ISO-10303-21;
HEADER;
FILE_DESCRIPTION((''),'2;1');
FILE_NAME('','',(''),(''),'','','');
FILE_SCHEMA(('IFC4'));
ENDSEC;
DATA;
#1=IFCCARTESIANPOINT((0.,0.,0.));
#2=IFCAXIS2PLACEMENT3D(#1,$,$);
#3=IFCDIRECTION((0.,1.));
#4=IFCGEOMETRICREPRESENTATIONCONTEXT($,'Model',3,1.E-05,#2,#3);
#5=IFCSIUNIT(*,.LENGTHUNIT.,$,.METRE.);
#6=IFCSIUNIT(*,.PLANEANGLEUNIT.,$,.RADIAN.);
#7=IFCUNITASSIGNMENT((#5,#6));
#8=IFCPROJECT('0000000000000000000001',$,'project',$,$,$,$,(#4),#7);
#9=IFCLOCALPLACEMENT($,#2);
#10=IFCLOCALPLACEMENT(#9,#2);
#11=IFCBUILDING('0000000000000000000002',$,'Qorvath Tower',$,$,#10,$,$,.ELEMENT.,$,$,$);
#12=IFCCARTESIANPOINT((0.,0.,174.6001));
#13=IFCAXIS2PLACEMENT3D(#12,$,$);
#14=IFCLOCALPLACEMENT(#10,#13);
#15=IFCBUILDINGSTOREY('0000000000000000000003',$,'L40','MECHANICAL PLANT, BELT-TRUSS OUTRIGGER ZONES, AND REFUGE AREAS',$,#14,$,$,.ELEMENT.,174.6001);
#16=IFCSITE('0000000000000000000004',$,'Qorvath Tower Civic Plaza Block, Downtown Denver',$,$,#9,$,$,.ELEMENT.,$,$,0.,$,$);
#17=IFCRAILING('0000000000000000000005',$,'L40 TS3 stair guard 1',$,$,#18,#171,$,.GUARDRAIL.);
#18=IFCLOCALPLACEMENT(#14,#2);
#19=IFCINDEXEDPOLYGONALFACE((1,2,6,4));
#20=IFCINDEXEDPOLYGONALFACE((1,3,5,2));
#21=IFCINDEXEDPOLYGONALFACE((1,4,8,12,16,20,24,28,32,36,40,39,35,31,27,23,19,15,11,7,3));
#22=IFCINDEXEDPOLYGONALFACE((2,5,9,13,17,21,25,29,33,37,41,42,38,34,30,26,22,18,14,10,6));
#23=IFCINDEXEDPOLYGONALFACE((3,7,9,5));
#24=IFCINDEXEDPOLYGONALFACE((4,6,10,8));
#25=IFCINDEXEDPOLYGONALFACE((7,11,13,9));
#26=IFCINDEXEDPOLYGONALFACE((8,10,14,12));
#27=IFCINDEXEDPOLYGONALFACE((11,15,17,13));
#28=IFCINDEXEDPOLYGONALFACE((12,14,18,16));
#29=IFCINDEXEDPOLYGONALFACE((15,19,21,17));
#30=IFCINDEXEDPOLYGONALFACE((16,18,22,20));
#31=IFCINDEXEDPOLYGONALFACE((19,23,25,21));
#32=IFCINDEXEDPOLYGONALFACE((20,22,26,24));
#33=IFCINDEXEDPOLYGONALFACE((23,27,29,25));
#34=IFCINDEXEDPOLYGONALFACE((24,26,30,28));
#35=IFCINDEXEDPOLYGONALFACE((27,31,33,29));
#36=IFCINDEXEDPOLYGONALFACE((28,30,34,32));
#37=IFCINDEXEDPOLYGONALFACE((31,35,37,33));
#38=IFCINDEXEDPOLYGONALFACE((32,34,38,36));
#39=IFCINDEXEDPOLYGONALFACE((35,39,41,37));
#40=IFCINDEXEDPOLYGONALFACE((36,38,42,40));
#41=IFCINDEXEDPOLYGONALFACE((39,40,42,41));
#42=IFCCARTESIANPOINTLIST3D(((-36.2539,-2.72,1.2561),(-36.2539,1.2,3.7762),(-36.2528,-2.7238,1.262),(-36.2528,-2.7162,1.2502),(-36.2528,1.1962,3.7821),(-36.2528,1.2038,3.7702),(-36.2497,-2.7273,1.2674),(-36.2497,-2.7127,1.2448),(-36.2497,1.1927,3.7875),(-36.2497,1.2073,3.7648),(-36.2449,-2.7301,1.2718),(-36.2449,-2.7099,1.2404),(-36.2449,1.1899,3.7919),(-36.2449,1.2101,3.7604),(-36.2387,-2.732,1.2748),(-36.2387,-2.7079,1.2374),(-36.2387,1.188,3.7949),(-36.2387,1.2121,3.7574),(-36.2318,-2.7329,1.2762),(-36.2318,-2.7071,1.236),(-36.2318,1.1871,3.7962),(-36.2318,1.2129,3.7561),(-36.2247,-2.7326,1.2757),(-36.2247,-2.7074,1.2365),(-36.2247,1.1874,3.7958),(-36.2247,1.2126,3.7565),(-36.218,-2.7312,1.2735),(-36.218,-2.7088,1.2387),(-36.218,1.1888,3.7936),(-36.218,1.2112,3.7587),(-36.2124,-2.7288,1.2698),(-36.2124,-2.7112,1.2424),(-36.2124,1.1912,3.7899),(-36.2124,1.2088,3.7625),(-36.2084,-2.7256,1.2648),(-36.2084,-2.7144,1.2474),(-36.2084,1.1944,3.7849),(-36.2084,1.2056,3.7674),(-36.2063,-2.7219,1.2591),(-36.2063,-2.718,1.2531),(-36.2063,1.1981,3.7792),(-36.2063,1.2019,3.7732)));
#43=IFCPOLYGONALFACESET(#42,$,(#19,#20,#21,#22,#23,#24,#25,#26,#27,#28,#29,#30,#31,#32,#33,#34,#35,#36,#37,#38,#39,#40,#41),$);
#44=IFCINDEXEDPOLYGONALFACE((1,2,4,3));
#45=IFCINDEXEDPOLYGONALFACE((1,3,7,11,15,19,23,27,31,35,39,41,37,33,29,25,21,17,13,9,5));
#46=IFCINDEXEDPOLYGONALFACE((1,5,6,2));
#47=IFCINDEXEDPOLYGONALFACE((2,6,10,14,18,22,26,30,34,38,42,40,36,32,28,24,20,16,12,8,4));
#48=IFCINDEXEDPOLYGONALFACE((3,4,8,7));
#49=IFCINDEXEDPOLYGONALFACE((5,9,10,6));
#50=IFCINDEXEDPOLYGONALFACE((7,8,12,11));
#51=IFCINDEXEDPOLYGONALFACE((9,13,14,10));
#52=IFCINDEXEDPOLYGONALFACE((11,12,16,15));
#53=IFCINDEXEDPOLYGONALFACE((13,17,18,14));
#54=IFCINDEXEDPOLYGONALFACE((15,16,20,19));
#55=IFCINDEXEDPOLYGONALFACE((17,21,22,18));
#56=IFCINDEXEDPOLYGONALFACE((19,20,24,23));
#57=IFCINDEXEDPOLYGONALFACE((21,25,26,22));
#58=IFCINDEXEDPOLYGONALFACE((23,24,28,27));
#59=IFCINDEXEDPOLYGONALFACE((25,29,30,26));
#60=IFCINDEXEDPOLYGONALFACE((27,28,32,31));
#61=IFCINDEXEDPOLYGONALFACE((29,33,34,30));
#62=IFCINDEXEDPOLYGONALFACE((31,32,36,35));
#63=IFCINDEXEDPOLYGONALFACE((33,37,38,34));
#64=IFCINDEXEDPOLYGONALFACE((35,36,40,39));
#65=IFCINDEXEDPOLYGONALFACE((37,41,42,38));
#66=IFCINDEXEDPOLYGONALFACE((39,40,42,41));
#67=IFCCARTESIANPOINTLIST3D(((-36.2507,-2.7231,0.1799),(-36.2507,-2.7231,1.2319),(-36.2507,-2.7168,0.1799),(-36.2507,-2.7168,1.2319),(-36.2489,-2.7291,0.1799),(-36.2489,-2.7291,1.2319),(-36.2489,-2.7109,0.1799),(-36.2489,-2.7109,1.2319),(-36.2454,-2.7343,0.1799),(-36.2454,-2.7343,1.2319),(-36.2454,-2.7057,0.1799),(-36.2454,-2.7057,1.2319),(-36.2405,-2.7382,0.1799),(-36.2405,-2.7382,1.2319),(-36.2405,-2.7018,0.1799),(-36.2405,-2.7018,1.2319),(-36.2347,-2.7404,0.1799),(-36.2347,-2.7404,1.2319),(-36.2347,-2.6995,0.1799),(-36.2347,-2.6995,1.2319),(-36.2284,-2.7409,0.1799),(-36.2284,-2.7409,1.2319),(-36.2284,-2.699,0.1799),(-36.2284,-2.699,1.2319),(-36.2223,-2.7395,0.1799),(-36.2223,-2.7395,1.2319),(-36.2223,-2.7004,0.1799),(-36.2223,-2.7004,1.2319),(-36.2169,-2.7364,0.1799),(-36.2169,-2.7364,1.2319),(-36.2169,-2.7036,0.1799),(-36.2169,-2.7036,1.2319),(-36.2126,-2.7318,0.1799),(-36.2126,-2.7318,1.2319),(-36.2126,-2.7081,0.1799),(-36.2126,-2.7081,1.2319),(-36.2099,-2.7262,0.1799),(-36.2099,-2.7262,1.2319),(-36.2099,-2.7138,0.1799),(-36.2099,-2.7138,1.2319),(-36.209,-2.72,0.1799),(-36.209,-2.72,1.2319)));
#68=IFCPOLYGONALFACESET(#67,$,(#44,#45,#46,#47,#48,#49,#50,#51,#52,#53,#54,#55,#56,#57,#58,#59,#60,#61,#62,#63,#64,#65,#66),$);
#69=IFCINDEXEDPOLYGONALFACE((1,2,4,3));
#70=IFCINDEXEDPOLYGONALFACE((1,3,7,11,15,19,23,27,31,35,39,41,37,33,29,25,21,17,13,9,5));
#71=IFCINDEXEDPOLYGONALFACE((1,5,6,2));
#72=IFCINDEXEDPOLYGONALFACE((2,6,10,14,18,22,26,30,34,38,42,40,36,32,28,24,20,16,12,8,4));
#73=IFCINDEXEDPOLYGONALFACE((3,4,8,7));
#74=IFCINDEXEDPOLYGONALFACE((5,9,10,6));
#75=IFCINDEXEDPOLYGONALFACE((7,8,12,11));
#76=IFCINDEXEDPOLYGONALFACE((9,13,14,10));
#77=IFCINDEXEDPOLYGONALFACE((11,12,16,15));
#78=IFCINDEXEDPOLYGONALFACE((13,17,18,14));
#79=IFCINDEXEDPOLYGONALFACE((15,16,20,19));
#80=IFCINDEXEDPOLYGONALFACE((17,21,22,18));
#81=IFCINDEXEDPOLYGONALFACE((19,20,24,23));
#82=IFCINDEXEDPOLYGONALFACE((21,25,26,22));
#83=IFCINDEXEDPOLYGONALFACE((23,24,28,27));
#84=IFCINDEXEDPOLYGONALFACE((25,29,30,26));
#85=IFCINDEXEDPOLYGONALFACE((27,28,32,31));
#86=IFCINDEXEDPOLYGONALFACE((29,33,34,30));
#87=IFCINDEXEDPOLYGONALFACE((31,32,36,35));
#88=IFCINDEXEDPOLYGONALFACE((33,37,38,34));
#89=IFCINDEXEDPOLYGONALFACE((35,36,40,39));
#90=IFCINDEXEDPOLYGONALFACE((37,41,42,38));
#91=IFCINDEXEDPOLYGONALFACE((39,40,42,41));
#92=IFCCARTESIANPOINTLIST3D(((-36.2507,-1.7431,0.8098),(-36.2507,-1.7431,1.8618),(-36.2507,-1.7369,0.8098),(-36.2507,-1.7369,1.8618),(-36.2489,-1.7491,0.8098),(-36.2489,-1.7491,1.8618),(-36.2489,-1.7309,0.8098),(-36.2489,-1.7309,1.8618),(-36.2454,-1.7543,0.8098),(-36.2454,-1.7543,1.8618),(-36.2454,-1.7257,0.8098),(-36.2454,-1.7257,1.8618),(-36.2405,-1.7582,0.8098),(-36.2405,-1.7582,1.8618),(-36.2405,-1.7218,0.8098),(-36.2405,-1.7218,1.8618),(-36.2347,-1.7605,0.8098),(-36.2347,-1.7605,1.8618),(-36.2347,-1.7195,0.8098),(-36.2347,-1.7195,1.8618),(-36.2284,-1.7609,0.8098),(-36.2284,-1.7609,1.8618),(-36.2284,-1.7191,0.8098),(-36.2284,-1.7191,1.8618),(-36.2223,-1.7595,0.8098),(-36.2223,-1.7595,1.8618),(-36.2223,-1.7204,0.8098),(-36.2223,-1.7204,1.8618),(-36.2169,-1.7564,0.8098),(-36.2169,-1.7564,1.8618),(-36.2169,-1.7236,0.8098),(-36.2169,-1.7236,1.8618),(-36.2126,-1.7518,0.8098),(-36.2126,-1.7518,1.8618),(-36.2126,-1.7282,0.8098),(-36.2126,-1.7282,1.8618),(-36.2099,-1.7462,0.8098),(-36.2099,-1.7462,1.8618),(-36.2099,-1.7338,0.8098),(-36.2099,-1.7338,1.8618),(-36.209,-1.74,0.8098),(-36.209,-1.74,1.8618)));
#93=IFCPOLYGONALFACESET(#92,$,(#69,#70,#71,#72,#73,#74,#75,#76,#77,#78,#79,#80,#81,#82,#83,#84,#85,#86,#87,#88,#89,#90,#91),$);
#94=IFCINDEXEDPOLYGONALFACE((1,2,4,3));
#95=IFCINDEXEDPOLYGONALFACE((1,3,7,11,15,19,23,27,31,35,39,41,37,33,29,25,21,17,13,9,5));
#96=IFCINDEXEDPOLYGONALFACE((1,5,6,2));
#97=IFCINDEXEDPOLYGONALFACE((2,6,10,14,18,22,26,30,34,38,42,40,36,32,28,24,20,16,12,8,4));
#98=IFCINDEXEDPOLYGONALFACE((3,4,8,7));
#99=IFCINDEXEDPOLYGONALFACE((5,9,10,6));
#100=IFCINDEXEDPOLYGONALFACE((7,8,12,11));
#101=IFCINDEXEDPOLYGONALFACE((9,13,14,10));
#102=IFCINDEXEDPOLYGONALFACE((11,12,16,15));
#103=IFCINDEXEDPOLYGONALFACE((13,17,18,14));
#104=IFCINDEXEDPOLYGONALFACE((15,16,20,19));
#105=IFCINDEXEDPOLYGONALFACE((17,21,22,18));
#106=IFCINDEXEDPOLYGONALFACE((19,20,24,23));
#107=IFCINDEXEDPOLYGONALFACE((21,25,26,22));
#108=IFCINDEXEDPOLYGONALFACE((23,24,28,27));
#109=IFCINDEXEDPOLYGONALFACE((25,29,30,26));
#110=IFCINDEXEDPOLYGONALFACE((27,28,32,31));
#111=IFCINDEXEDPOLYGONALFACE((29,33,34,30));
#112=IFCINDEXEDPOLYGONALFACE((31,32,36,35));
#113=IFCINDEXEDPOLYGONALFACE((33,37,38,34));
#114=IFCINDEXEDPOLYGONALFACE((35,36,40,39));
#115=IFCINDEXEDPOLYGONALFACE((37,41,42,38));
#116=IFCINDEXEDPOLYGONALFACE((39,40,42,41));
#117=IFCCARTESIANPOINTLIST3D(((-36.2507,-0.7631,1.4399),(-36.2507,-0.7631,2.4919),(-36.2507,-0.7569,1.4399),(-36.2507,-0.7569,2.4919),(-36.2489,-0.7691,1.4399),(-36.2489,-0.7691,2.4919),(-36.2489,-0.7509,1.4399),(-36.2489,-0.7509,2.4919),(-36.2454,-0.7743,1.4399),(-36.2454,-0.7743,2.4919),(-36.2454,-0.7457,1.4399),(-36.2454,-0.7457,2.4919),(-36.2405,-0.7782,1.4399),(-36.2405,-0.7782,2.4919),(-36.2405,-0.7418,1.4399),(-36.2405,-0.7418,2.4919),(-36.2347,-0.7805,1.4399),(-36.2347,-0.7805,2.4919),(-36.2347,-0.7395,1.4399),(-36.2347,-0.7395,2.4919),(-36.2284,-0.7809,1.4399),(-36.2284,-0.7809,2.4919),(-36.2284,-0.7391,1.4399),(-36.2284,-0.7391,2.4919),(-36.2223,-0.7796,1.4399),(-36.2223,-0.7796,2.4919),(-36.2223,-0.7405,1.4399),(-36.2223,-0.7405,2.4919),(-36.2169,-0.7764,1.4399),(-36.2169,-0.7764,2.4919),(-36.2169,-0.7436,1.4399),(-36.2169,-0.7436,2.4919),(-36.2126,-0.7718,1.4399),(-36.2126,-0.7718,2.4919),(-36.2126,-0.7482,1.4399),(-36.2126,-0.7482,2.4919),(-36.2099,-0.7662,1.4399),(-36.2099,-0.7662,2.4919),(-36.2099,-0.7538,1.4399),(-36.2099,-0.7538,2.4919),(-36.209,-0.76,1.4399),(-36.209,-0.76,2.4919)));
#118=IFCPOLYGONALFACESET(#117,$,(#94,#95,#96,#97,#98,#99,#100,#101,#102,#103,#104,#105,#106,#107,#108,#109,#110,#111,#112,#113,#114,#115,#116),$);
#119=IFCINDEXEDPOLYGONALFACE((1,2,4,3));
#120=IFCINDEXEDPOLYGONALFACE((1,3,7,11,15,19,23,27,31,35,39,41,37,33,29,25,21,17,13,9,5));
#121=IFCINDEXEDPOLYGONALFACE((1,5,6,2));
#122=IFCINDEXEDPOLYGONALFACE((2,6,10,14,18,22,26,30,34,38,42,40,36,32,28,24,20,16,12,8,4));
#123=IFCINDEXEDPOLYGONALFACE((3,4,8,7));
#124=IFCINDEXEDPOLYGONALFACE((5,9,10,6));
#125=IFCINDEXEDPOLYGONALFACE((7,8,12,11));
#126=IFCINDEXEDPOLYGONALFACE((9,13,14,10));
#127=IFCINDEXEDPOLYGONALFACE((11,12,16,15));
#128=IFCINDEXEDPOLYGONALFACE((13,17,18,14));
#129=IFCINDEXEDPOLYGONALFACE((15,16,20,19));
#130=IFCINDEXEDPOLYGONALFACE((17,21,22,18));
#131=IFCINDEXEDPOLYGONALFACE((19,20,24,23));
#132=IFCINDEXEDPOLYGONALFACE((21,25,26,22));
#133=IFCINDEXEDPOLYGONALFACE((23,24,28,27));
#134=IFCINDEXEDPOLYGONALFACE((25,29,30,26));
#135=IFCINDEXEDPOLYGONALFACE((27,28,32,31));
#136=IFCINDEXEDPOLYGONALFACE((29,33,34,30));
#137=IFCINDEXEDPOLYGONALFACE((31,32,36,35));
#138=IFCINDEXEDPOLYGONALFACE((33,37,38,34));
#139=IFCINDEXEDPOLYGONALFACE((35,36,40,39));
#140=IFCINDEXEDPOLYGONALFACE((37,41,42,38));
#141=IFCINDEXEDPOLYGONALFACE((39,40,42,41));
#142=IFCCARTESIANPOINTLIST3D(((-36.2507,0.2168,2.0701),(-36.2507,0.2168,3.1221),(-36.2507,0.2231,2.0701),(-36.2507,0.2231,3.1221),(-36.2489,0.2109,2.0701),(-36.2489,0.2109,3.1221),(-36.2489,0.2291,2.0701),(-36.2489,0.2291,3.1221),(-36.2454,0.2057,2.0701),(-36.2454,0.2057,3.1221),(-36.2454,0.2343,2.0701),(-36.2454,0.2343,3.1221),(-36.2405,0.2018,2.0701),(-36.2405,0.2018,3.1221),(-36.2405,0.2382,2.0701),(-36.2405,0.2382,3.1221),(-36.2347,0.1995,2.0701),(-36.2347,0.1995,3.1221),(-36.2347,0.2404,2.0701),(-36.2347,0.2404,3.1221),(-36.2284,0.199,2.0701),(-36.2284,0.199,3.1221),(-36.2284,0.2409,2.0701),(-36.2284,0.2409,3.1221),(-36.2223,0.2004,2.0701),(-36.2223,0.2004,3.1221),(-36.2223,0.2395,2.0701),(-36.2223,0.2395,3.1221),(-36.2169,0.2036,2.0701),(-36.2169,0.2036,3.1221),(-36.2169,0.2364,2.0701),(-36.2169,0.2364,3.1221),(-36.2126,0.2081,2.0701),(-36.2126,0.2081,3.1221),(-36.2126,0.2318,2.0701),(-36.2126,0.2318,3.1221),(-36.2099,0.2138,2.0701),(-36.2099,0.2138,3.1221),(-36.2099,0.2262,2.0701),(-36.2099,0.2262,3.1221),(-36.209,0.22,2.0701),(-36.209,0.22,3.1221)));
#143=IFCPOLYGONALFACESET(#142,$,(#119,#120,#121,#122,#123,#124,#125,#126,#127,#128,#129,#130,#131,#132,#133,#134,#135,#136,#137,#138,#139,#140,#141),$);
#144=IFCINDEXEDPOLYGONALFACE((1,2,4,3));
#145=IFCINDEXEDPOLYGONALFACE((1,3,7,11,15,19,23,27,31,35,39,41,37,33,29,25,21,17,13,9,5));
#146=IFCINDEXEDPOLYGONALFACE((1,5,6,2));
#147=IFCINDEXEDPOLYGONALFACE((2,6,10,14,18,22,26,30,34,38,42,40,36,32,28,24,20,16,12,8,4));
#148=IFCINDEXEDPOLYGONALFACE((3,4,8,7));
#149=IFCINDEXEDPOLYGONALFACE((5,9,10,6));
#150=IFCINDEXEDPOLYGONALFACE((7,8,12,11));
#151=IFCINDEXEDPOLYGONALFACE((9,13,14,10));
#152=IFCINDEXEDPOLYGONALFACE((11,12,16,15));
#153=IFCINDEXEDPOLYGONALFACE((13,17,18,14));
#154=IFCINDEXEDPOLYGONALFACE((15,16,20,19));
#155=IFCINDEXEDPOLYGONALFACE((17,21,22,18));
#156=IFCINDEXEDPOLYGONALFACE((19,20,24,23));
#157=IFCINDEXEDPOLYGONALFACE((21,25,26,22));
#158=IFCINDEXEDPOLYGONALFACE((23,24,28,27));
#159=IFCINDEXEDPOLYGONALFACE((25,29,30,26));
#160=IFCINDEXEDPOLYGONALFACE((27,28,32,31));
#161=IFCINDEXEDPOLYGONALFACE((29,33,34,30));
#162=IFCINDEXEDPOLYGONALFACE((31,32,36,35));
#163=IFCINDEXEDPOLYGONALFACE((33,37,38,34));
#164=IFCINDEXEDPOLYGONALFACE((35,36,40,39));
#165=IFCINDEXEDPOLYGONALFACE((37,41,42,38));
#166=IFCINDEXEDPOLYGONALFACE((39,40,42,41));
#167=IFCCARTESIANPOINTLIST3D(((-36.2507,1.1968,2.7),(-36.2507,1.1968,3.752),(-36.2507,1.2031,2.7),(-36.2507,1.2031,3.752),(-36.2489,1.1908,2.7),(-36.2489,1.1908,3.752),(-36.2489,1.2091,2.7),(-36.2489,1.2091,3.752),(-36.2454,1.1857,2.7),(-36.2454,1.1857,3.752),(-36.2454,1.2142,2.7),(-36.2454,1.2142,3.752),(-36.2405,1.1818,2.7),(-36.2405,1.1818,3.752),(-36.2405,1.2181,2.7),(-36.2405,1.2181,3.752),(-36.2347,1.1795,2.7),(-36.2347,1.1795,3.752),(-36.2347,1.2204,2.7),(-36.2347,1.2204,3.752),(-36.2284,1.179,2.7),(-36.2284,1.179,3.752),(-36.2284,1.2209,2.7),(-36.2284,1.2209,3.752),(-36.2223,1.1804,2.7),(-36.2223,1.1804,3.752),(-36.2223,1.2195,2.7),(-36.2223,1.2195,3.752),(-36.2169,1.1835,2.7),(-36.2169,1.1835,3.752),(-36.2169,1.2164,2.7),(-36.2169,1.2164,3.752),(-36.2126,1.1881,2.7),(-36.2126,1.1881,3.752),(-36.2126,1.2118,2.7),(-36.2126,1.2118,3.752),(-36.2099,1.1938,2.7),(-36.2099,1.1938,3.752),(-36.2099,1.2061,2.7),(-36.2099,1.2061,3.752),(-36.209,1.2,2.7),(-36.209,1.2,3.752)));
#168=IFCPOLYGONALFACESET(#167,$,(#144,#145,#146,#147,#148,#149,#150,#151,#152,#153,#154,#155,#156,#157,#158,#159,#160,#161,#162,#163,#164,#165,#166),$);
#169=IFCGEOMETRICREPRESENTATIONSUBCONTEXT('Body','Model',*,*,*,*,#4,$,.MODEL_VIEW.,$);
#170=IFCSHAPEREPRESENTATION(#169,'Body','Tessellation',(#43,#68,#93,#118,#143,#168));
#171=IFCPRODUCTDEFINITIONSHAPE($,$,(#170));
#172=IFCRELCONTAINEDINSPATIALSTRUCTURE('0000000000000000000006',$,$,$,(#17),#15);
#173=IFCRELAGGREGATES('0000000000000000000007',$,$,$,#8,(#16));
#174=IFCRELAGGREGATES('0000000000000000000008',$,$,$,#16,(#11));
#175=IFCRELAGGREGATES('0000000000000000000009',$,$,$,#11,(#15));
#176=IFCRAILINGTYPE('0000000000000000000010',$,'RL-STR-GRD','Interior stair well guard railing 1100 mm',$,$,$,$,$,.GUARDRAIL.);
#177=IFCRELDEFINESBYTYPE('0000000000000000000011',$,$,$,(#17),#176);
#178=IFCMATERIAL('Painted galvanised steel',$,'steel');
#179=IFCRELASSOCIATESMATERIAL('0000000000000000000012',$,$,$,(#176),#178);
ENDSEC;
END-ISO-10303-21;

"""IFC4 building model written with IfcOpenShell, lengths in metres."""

from ifc_helpers import new_model, si_unit, direction, frame, origin, origin_2d, place, context, subcontext, project, spatial, circle, extrude, material, type_object, element, save


model = new_model("IFC4")

# Units and contexts
model_context = context("Model", 3, precision=1e-05, world=origin(), true_north=direction((0.0, 1.0)))
body_context = subcontext(model_context, "Body", "Model", "MODEL_VIEW")
ifc_project = project(units=[si_unit("LENGTHUNIT", "METRE"), si_unit("PLANEANGLEUNIT", "RADIAN")], contexts=[model_context])

# Site, building, storey
site_placement = place(None, origin())
site = spatial("IfcSite", under=ifc_project, at=site_placement, Name="Qorvath Tower Civic Plaza Block, Downtown Denver", CompositionType="ELEMENT", RefElevation=0.0)
building_placement = place(site_placement, origin())
building = spatial("IfcBuilding", under=site, at=building_placement, Name="Qorvath Tower", CompositionType="ELEMENT")
storey_placement = place(building_placement, frame((0.0, 0.0, 174.6001)))
storey = spatial("IfcBuildingStorey", under=building, at=storey_placement, Name="L40", Description="MECHANICAL PLANT, BELT-TRUSS OUTRIGGER ZONES, AND REFUGE AREAS", CompositionType="ELEMENT", Elevation=174.6001)

# Railing
ifc_material_1 = material(Name="Painted galvanised steel", Category="steel")
railing_type_1 = type_object("IfcRailingType", Name="RL-STR-GRD", Description="Interior stair well guard railing 1100 mm", PredefinedType="GUARDRAIL", material=ifc_material_1)
railing_1_placement = place(storey_placement, frame((-36.23, -2.72, 0.1799)))
element("IfcRailing", 1, at=railing_1_placement, inside=storey, type_object=railing_type_1, Name="L40 TS3 stair guard 1", PredefinedType="GUARDRAIL", context=body_context, shape_type="SweptSolid", body=[
    extrude(circle(Radius=0.0239, at=origin_2d()), frame((0.0, 0.0, 1.0762), z_axis=(0.0, 0.841172, 0.540768), x_axis=(-1.0, 0.0, 0.0)), (0.0, 0.0, 1.0), 4.6602),
    extrude(circle(Radius=0.021, at=origin_2d()), origin(), (0.0, 0.0, 1.0), 1.052),
    extrude(circle(Radius=0.021, at=origin_2d()), frame((0.0, 0.98, 0.6299)), (0.0, 0.0, 1.0), 1.052),
    extrude(circle(Radius=0.021, at=origin_2d()), frame((0.0, 1.96, 1.26)), (0.0, 0.0, 1.0), 1.052),
    extrude(circle(Radius=0.021, at=origin_2d()), frame((0.0, 2.9399, 1.8901)), (0.0, 0.0, 1.0), 1.052),
    extrude(circle(Radius=0.021, at=origin_2d()), frame((0.0, 3.9199, 2.52)), (0.0, 0.0, 1.0), 1.052),
])

save(model, "model.ifc")
